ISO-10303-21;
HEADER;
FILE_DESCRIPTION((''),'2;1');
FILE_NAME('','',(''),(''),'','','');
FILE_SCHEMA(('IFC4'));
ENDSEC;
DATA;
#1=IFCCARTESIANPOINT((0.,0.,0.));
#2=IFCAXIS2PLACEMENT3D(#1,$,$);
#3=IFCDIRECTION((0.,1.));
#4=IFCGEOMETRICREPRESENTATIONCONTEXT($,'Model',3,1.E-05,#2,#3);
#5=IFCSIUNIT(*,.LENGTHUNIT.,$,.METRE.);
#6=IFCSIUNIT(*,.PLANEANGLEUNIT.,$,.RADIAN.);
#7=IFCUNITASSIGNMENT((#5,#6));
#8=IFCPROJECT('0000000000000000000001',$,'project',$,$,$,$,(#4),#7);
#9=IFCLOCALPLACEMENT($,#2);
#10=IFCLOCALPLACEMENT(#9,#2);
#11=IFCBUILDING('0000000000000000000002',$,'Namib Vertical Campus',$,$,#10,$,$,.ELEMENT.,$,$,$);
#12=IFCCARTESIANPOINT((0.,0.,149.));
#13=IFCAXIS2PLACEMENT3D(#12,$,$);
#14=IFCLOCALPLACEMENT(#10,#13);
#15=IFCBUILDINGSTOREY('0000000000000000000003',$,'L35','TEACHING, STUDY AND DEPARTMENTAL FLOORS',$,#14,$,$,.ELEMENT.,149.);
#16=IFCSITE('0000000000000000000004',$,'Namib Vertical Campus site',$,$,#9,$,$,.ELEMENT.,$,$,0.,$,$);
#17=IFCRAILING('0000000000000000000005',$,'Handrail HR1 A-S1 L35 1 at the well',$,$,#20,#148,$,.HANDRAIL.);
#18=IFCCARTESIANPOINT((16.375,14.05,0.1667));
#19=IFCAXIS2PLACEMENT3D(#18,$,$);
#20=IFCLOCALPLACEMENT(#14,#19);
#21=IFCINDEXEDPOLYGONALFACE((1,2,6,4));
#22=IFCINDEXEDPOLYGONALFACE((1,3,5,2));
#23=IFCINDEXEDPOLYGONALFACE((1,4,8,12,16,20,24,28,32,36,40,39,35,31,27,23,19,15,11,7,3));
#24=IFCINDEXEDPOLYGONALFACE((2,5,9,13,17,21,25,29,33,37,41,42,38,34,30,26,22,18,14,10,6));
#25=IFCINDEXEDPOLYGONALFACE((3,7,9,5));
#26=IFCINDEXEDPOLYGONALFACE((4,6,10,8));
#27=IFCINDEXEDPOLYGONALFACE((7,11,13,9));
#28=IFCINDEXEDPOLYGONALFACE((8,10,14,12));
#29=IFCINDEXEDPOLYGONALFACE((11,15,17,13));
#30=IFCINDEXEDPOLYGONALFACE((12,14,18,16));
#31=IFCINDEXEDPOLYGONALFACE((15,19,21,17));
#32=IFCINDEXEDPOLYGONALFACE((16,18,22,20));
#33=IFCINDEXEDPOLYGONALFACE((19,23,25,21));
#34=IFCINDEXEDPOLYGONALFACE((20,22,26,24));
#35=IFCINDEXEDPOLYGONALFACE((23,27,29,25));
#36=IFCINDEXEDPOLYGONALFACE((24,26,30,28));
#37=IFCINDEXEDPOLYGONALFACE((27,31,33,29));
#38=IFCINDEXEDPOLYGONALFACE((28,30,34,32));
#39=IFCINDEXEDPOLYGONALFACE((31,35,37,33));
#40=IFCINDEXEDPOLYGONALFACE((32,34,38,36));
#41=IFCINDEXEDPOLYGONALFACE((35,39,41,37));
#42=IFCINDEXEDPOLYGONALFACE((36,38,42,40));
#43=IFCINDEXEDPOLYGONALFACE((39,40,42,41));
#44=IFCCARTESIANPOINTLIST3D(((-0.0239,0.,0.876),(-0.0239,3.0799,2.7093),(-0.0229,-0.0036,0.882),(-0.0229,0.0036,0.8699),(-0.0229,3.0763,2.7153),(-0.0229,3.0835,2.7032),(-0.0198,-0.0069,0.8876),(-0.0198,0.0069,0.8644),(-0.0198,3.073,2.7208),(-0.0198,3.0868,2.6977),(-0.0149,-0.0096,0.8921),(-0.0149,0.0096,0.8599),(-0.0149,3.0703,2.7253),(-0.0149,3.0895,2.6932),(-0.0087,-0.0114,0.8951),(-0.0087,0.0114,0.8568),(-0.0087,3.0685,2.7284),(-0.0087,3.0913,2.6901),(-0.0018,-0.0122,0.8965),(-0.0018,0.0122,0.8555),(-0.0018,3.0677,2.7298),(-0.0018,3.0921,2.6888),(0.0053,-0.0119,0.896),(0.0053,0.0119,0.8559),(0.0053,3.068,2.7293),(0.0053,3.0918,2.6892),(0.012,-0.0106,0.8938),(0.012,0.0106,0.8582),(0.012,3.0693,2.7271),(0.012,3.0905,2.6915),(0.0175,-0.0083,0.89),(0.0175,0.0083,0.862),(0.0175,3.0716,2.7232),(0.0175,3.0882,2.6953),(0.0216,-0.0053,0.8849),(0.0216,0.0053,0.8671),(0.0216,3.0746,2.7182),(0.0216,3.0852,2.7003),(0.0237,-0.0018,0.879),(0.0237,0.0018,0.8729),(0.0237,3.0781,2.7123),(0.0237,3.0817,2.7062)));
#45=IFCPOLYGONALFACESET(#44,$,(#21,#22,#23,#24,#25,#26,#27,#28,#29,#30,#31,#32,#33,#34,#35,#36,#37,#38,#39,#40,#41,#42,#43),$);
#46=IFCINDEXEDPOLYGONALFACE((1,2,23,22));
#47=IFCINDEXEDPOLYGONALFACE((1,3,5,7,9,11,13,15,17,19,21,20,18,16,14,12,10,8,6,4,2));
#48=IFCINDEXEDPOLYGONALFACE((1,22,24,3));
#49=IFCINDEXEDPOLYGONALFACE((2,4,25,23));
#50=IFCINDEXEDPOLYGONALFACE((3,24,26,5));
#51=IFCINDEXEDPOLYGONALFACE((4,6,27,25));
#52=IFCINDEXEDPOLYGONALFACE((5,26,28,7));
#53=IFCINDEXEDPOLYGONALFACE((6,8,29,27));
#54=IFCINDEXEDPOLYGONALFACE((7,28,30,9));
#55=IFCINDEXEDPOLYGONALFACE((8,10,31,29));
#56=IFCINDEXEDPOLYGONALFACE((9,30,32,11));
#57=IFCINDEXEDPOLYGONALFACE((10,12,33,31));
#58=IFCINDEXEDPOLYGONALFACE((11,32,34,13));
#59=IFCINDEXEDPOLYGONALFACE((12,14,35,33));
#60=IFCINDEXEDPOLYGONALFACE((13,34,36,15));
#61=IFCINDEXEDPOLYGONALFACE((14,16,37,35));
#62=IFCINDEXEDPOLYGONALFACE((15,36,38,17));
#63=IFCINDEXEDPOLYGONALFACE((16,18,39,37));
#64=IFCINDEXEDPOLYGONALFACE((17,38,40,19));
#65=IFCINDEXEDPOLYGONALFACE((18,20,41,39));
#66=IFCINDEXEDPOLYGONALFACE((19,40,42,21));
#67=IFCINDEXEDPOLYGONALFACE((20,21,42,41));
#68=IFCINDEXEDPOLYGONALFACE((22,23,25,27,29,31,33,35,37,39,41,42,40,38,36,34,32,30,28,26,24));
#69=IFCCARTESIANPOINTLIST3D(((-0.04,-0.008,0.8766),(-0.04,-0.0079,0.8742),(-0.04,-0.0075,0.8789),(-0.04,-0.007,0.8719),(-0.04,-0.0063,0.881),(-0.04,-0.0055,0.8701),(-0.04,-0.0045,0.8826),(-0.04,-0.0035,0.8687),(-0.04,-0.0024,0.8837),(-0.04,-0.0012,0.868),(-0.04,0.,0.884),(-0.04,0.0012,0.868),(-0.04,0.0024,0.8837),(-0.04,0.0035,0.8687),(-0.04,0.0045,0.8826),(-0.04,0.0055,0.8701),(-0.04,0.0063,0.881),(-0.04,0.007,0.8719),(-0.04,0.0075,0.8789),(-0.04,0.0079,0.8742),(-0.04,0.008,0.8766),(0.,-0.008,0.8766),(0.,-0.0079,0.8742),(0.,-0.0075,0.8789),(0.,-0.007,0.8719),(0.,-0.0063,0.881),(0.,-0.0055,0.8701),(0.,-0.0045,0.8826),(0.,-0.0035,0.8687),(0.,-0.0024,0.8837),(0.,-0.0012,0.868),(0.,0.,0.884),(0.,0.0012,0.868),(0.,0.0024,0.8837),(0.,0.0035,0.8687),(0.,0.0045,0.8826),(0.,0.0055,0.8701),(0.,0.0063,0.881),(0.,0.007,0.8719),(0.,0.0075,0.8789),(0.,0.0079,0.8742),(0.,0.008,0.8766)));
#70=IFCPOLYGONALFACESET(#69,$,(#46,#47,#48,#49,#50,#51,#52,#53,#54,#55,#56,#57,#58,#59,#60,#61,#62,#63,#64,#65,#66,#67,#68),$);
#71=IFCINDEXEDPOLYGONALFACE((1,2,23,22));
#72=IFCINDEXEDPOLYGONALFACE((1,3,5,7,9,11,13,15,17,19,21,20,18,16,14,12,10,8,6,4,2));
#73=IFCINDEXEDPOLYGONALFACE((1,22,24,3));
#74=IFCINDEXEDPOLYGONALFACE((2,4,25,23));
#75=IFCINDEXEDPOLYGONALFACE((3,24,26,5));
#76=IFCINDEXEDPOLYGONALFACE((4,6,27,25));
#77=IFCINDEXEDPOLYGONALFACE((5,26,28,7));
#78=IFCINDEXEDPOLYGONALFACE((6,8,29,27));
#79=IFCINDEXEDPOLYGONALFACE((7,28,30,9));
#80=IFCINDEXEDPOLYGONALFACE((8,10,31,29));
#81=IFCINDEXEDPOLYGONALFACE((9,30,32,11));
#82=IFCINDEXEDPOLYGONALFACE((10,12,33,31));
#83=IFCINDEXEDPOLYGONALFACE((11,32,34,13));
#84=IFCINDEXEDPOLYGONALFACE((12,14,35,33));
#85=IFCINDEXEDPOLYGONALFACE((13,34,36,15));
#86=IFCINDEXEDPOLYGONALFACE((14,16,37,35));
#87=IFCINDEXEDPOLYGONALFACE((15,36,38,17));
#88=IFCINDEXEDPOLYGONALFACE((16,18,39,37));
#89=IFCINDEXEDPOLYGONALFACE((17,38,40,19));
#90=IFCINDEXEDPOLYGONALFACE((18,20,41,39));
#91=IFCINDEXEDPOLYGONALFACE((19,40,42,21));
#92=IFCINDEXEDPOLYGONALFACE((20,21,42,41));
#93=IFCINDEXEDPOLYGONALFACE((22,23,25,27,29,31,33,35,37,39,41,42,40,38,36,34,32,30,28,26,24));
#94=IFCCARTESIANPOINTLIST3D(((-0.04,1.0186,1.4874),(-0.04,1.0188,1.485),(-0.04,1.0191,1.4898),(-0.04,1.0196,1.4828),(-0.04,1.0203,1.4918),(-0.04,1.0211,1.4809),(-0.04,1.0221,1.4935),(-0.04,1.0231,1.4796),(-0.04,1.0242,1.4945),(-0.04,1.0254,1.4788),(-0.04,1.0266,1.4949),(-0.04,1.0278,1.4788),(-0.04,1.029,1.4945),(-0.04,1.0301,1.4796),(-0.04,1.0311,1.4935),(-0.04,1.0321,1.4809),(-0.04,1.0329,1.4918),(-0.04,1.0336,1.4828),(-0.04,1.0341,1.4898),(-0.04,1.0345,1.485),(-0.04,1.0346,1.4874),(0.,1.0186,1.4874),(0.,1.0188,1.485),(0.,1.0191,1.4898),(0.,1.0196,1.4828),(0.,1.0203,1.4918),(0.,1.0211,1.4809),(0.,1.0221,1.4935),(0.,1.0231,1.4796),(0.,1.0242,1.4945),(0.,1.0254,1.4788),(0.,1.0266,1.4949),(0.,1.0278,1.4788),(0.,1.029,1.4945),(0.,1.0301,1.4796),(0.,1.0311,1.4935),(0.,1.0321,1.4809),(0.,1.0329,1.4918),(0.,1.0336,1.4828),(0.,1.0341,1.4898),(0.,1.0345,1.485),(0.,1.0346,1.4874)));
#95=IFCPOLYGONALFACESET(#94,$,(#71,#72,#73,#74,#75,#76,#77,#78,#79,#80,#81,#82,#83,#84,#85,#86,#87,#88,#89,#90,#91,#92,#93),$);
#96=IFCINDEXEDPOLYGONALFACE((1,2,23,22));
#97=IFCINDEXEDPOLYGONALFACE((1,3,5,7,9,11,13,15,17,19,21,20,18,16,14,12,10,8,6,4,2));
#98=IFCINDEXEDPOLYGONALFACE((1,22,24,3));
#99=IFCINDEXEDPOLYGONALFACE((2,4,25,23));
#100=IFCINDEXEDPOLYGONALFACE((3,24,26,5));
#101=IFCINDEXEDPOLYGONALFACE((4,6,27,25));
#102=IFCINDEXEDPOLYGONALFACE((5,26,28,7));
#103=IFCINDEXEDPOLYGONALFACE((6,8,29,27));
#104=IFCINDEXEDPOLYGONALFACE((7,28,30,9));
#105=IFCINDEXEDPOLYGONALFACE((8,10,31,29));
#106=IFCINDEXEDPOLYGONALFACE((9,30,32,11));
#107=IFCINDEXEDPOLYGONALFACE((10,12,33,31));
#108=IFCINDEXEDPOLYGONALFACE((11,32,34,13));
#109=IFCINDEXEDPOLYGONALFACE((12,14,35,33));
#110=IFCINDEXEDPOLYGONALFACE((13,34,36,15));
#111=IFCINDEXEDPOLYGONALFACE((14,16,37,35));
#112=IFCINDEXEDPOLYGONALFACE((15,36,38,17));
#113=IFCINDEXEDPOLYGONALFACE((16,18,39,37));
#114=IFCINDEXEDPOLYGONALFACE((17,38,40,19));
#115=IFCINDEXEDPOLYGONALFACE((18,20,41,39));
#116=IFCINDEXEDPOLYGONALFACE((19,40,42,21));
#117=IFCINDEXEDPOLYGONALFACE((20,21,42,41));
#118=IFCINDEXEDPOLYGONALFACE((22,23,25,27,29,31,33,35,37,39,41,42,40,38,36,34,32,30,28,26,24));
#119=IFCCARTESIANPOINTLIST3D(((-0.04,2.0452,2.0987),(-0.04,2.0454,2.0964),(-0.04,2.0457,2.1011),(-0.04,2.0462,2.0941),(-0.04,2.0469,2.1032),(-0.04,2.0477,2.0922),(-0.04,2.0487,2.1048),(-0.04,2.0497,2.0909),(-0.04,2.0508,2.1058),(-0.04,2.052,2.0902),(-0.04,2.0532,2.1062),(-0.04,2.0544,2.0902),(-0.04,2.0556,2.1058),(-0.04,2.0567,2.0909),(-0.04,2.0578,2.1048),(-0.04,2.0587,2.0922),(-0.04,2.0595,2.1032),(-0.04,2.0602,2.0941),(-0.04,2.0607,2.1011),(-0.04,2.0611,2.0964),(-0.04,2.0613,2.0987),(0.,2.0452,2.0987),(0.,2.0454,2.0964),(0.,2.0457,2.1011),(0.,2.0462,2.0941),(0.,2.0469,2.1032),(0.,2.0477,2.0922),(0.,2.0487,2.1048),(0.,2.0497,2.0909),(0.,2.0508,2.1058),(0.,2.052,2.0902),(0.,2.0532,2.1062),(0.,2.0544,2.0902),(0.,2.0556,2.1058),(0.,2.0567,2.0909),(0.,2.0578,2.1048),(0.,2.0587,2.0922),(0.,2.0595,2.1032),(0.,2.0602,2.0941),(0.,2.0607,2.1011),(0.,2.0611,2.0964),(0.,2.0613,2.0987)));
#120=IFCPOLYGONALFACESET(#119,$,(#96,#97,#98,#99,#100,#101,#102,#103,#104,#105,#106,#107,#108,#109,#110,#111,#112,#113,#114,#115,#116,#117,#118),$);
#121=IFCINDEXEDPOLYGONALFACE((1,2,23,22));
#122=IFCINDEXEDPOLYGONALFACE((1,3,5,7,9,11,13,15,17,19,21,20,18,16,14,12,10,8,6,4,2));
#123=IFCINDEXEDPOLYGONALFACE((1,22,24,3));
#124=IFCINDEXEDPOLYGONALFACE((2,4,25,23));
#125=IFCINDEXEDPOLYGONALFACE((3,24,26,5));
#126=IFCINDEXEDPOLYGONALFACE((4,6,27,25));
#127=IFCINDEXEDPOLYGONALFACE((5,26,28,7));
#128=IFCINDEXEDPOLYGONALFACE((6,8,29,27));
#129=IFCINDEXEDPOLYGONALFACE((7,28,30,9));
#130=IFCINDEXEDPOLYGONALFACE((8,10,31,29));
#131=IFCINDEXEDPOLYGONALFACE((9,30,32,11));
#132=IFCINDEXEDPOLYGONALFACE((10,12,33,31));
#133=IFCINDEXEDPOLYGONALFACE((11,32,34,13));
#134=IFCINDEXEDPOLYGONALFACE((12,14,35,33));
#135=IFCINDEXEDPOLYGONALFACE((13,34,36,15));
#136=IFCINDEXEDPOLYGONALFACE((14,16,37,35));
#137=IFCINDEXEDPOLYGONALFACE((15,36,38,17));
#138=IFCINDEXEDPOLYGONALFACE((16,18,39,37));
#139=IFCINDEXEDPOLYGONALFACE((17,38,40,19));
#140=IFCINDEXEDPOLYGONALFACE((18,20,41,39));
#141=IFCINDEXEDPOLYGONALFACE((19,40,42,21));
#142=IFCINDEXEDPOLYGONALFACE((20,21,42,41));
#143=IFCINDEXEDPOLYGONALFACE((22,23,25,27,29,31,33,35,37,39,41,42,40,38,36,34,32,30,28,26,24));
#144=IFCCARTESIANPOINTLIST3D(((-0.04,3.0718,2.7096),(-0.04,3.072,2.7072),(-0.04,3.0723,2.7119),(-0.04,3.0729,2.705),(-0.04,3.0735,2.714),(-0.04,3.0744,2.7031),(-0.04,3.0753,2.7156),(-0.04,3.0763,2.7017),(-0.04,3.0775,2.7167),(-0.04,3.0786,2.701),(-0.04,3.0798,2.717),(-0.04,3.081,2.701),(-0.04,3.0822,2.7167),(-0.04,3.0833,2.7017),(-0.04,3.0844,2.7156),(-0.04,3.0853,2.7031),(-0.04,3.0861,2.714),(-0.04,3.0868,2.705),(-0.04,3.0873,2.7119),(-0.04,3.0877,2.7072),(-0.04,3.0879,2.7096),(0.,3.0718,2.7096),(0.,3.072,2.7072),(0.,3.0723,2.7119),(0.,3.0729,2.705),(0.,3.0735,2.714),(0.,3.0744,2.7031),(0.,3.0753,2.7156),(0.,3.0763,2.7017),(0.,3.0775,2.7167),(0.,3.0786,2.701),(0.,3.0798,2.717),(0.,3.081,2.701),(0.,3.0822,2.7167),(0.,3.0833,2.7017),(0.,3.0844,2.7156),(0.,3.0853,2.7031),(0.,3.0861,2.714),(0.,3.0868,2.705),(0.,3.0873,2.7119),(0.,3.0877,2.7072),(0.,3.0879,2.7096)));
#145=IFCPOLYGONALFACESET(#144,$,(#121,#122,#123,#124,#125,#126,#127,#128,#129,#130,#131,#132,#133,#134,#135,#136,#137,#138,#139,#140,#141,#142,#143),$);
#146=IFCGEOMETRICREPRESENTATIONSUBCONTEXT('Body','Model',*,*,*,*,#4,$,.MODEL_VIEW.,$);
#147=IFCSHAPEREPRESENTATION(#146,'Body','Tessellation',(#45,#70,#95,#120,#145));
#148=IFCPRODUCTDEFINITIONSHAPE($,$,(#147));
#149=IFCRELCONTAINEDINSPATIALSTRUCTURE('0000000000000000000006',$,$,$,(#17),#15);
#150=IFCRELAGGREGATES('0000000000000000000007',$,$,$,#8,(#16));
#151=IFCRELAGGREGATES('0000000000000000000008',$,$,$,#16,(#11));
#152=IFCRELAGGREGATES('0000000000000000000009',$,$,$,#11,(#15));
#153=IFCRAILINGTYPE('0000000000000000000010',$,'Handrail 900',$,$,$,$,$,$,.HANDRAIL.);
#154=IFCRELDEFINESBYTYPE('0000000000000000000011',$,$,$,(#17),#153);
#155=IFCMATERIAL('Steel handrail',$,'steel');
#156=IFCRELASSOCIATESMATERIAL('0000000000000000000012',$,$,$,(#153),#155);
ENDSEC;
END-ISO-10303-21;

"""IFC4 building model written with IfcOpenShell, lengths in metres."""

from ifc_helpers import new_model, si_unit, direction, frame, origin, origin_2d, place, context, subcontext, project, spatial, circle, extrude, material, type_object, element, save


model = new_model("IFC4")

# Units and contexts
model_context = context("Model", 3, precision=1e-05, world=origin(), true_north=direction((0.0, 1.0)))
body_context = subcontext(model_context, "Body", "Model", "MODEL_VIEW")
ifc_project = project(units=[si_unit("LENGTHUNIT", "METRE"), si_unit("PLANEANGLEUNIT", "RADIAN")], contexts=[model_context])

# Site, building, storey
site_placement = place(None, origin())
site = spatial("IfcSite", under=ifc_project, at=site_placement, Name="Namib Vertical Campus site", CompositionType="ELEMENT", RefElevation=0.0)
building_placement = place(site_placement, origin())
building = spatial("IfcBuilding", under=site, at=building_placement, Name="Namib Vertical Campus", CompositionType="ELEMENT")
storey_placement = place(building_placement, frame((0.0, 0.0, 149.0)))
storey = spatial("IfcBuildingStorey", under=building, at=storey_placement, Name="L35", Description="TEACHING, STUDY AND DEPARTMENTAL FLOORS", CompositionType="ELEMENT", Elevation=149.0)

# Railing
ifc_material_1 = material(Name="Steel handrail", Category="steel")
railing_type_1 = type_object("IfcRailingType", Name="Handrail 900", PredefinedType="HANDRAIL", material=ifc_material_1)
railing_1_placement = place(storey_placement, frame((16.375, 14.05, 0.1667)))
element("IfcRailing", 1, at=railing_1_placement, inside=storey, type_object=railing_type_1, Name="Handrail HR1 A-S1 L35 1 at the well", PredefinedType="HANDRAIL", context=body_context, shape_type="SweptSolid", body=[
    extrude(circle(Radius=0.0239, at=origin_2d()), frame((0.0, 0.0, 0.876), z_axis=(0.0, 0.859291, 0.511487), x_axis=(-1.0, 0.0, 0.0)), (0.0, 0.0, 1.0), 3.5842),
    extrude(circle(Radius=0.0081, at=origin_2d()), frame((0.0, 0.0, 0.876), z_axis=(-1.0, 0.0, 0.0), x_axis=(0.0, 0.0, 1.0)), (0.0, 0.0, 1.0), 0.04),
    extrude(circle(Radius=0.0081, at=origin_2d()), frame((0.0, 1.0266, 1.4868), z_axis=(-1.0, 0.0, 0.0), x_axis=(0.0, 0.0, 1.0)), (0.0, 0.0, 1.0), 0.04),
    extrude(circle(Radius=0.0081, at=origin_2d()), frame((0.0, 2.0532, 2.0981), z_axis=(-1.0, 0.0, 0.0), x_axis=(0.0, 0.0, 1.0)), (0.0, 0.0, 1.0), 0.04),
    extrude(circle(Radius=0.0081, at=origin_2d()), frame((0.0, 3.0798, 2.709), z_axis=(-1.0, 0.0, 0.0), x_axis=(0.0, 0.0, 1.0)), (0.0, 0.0, 1.0), 0.04),
])

save(model, "model.ifc")
